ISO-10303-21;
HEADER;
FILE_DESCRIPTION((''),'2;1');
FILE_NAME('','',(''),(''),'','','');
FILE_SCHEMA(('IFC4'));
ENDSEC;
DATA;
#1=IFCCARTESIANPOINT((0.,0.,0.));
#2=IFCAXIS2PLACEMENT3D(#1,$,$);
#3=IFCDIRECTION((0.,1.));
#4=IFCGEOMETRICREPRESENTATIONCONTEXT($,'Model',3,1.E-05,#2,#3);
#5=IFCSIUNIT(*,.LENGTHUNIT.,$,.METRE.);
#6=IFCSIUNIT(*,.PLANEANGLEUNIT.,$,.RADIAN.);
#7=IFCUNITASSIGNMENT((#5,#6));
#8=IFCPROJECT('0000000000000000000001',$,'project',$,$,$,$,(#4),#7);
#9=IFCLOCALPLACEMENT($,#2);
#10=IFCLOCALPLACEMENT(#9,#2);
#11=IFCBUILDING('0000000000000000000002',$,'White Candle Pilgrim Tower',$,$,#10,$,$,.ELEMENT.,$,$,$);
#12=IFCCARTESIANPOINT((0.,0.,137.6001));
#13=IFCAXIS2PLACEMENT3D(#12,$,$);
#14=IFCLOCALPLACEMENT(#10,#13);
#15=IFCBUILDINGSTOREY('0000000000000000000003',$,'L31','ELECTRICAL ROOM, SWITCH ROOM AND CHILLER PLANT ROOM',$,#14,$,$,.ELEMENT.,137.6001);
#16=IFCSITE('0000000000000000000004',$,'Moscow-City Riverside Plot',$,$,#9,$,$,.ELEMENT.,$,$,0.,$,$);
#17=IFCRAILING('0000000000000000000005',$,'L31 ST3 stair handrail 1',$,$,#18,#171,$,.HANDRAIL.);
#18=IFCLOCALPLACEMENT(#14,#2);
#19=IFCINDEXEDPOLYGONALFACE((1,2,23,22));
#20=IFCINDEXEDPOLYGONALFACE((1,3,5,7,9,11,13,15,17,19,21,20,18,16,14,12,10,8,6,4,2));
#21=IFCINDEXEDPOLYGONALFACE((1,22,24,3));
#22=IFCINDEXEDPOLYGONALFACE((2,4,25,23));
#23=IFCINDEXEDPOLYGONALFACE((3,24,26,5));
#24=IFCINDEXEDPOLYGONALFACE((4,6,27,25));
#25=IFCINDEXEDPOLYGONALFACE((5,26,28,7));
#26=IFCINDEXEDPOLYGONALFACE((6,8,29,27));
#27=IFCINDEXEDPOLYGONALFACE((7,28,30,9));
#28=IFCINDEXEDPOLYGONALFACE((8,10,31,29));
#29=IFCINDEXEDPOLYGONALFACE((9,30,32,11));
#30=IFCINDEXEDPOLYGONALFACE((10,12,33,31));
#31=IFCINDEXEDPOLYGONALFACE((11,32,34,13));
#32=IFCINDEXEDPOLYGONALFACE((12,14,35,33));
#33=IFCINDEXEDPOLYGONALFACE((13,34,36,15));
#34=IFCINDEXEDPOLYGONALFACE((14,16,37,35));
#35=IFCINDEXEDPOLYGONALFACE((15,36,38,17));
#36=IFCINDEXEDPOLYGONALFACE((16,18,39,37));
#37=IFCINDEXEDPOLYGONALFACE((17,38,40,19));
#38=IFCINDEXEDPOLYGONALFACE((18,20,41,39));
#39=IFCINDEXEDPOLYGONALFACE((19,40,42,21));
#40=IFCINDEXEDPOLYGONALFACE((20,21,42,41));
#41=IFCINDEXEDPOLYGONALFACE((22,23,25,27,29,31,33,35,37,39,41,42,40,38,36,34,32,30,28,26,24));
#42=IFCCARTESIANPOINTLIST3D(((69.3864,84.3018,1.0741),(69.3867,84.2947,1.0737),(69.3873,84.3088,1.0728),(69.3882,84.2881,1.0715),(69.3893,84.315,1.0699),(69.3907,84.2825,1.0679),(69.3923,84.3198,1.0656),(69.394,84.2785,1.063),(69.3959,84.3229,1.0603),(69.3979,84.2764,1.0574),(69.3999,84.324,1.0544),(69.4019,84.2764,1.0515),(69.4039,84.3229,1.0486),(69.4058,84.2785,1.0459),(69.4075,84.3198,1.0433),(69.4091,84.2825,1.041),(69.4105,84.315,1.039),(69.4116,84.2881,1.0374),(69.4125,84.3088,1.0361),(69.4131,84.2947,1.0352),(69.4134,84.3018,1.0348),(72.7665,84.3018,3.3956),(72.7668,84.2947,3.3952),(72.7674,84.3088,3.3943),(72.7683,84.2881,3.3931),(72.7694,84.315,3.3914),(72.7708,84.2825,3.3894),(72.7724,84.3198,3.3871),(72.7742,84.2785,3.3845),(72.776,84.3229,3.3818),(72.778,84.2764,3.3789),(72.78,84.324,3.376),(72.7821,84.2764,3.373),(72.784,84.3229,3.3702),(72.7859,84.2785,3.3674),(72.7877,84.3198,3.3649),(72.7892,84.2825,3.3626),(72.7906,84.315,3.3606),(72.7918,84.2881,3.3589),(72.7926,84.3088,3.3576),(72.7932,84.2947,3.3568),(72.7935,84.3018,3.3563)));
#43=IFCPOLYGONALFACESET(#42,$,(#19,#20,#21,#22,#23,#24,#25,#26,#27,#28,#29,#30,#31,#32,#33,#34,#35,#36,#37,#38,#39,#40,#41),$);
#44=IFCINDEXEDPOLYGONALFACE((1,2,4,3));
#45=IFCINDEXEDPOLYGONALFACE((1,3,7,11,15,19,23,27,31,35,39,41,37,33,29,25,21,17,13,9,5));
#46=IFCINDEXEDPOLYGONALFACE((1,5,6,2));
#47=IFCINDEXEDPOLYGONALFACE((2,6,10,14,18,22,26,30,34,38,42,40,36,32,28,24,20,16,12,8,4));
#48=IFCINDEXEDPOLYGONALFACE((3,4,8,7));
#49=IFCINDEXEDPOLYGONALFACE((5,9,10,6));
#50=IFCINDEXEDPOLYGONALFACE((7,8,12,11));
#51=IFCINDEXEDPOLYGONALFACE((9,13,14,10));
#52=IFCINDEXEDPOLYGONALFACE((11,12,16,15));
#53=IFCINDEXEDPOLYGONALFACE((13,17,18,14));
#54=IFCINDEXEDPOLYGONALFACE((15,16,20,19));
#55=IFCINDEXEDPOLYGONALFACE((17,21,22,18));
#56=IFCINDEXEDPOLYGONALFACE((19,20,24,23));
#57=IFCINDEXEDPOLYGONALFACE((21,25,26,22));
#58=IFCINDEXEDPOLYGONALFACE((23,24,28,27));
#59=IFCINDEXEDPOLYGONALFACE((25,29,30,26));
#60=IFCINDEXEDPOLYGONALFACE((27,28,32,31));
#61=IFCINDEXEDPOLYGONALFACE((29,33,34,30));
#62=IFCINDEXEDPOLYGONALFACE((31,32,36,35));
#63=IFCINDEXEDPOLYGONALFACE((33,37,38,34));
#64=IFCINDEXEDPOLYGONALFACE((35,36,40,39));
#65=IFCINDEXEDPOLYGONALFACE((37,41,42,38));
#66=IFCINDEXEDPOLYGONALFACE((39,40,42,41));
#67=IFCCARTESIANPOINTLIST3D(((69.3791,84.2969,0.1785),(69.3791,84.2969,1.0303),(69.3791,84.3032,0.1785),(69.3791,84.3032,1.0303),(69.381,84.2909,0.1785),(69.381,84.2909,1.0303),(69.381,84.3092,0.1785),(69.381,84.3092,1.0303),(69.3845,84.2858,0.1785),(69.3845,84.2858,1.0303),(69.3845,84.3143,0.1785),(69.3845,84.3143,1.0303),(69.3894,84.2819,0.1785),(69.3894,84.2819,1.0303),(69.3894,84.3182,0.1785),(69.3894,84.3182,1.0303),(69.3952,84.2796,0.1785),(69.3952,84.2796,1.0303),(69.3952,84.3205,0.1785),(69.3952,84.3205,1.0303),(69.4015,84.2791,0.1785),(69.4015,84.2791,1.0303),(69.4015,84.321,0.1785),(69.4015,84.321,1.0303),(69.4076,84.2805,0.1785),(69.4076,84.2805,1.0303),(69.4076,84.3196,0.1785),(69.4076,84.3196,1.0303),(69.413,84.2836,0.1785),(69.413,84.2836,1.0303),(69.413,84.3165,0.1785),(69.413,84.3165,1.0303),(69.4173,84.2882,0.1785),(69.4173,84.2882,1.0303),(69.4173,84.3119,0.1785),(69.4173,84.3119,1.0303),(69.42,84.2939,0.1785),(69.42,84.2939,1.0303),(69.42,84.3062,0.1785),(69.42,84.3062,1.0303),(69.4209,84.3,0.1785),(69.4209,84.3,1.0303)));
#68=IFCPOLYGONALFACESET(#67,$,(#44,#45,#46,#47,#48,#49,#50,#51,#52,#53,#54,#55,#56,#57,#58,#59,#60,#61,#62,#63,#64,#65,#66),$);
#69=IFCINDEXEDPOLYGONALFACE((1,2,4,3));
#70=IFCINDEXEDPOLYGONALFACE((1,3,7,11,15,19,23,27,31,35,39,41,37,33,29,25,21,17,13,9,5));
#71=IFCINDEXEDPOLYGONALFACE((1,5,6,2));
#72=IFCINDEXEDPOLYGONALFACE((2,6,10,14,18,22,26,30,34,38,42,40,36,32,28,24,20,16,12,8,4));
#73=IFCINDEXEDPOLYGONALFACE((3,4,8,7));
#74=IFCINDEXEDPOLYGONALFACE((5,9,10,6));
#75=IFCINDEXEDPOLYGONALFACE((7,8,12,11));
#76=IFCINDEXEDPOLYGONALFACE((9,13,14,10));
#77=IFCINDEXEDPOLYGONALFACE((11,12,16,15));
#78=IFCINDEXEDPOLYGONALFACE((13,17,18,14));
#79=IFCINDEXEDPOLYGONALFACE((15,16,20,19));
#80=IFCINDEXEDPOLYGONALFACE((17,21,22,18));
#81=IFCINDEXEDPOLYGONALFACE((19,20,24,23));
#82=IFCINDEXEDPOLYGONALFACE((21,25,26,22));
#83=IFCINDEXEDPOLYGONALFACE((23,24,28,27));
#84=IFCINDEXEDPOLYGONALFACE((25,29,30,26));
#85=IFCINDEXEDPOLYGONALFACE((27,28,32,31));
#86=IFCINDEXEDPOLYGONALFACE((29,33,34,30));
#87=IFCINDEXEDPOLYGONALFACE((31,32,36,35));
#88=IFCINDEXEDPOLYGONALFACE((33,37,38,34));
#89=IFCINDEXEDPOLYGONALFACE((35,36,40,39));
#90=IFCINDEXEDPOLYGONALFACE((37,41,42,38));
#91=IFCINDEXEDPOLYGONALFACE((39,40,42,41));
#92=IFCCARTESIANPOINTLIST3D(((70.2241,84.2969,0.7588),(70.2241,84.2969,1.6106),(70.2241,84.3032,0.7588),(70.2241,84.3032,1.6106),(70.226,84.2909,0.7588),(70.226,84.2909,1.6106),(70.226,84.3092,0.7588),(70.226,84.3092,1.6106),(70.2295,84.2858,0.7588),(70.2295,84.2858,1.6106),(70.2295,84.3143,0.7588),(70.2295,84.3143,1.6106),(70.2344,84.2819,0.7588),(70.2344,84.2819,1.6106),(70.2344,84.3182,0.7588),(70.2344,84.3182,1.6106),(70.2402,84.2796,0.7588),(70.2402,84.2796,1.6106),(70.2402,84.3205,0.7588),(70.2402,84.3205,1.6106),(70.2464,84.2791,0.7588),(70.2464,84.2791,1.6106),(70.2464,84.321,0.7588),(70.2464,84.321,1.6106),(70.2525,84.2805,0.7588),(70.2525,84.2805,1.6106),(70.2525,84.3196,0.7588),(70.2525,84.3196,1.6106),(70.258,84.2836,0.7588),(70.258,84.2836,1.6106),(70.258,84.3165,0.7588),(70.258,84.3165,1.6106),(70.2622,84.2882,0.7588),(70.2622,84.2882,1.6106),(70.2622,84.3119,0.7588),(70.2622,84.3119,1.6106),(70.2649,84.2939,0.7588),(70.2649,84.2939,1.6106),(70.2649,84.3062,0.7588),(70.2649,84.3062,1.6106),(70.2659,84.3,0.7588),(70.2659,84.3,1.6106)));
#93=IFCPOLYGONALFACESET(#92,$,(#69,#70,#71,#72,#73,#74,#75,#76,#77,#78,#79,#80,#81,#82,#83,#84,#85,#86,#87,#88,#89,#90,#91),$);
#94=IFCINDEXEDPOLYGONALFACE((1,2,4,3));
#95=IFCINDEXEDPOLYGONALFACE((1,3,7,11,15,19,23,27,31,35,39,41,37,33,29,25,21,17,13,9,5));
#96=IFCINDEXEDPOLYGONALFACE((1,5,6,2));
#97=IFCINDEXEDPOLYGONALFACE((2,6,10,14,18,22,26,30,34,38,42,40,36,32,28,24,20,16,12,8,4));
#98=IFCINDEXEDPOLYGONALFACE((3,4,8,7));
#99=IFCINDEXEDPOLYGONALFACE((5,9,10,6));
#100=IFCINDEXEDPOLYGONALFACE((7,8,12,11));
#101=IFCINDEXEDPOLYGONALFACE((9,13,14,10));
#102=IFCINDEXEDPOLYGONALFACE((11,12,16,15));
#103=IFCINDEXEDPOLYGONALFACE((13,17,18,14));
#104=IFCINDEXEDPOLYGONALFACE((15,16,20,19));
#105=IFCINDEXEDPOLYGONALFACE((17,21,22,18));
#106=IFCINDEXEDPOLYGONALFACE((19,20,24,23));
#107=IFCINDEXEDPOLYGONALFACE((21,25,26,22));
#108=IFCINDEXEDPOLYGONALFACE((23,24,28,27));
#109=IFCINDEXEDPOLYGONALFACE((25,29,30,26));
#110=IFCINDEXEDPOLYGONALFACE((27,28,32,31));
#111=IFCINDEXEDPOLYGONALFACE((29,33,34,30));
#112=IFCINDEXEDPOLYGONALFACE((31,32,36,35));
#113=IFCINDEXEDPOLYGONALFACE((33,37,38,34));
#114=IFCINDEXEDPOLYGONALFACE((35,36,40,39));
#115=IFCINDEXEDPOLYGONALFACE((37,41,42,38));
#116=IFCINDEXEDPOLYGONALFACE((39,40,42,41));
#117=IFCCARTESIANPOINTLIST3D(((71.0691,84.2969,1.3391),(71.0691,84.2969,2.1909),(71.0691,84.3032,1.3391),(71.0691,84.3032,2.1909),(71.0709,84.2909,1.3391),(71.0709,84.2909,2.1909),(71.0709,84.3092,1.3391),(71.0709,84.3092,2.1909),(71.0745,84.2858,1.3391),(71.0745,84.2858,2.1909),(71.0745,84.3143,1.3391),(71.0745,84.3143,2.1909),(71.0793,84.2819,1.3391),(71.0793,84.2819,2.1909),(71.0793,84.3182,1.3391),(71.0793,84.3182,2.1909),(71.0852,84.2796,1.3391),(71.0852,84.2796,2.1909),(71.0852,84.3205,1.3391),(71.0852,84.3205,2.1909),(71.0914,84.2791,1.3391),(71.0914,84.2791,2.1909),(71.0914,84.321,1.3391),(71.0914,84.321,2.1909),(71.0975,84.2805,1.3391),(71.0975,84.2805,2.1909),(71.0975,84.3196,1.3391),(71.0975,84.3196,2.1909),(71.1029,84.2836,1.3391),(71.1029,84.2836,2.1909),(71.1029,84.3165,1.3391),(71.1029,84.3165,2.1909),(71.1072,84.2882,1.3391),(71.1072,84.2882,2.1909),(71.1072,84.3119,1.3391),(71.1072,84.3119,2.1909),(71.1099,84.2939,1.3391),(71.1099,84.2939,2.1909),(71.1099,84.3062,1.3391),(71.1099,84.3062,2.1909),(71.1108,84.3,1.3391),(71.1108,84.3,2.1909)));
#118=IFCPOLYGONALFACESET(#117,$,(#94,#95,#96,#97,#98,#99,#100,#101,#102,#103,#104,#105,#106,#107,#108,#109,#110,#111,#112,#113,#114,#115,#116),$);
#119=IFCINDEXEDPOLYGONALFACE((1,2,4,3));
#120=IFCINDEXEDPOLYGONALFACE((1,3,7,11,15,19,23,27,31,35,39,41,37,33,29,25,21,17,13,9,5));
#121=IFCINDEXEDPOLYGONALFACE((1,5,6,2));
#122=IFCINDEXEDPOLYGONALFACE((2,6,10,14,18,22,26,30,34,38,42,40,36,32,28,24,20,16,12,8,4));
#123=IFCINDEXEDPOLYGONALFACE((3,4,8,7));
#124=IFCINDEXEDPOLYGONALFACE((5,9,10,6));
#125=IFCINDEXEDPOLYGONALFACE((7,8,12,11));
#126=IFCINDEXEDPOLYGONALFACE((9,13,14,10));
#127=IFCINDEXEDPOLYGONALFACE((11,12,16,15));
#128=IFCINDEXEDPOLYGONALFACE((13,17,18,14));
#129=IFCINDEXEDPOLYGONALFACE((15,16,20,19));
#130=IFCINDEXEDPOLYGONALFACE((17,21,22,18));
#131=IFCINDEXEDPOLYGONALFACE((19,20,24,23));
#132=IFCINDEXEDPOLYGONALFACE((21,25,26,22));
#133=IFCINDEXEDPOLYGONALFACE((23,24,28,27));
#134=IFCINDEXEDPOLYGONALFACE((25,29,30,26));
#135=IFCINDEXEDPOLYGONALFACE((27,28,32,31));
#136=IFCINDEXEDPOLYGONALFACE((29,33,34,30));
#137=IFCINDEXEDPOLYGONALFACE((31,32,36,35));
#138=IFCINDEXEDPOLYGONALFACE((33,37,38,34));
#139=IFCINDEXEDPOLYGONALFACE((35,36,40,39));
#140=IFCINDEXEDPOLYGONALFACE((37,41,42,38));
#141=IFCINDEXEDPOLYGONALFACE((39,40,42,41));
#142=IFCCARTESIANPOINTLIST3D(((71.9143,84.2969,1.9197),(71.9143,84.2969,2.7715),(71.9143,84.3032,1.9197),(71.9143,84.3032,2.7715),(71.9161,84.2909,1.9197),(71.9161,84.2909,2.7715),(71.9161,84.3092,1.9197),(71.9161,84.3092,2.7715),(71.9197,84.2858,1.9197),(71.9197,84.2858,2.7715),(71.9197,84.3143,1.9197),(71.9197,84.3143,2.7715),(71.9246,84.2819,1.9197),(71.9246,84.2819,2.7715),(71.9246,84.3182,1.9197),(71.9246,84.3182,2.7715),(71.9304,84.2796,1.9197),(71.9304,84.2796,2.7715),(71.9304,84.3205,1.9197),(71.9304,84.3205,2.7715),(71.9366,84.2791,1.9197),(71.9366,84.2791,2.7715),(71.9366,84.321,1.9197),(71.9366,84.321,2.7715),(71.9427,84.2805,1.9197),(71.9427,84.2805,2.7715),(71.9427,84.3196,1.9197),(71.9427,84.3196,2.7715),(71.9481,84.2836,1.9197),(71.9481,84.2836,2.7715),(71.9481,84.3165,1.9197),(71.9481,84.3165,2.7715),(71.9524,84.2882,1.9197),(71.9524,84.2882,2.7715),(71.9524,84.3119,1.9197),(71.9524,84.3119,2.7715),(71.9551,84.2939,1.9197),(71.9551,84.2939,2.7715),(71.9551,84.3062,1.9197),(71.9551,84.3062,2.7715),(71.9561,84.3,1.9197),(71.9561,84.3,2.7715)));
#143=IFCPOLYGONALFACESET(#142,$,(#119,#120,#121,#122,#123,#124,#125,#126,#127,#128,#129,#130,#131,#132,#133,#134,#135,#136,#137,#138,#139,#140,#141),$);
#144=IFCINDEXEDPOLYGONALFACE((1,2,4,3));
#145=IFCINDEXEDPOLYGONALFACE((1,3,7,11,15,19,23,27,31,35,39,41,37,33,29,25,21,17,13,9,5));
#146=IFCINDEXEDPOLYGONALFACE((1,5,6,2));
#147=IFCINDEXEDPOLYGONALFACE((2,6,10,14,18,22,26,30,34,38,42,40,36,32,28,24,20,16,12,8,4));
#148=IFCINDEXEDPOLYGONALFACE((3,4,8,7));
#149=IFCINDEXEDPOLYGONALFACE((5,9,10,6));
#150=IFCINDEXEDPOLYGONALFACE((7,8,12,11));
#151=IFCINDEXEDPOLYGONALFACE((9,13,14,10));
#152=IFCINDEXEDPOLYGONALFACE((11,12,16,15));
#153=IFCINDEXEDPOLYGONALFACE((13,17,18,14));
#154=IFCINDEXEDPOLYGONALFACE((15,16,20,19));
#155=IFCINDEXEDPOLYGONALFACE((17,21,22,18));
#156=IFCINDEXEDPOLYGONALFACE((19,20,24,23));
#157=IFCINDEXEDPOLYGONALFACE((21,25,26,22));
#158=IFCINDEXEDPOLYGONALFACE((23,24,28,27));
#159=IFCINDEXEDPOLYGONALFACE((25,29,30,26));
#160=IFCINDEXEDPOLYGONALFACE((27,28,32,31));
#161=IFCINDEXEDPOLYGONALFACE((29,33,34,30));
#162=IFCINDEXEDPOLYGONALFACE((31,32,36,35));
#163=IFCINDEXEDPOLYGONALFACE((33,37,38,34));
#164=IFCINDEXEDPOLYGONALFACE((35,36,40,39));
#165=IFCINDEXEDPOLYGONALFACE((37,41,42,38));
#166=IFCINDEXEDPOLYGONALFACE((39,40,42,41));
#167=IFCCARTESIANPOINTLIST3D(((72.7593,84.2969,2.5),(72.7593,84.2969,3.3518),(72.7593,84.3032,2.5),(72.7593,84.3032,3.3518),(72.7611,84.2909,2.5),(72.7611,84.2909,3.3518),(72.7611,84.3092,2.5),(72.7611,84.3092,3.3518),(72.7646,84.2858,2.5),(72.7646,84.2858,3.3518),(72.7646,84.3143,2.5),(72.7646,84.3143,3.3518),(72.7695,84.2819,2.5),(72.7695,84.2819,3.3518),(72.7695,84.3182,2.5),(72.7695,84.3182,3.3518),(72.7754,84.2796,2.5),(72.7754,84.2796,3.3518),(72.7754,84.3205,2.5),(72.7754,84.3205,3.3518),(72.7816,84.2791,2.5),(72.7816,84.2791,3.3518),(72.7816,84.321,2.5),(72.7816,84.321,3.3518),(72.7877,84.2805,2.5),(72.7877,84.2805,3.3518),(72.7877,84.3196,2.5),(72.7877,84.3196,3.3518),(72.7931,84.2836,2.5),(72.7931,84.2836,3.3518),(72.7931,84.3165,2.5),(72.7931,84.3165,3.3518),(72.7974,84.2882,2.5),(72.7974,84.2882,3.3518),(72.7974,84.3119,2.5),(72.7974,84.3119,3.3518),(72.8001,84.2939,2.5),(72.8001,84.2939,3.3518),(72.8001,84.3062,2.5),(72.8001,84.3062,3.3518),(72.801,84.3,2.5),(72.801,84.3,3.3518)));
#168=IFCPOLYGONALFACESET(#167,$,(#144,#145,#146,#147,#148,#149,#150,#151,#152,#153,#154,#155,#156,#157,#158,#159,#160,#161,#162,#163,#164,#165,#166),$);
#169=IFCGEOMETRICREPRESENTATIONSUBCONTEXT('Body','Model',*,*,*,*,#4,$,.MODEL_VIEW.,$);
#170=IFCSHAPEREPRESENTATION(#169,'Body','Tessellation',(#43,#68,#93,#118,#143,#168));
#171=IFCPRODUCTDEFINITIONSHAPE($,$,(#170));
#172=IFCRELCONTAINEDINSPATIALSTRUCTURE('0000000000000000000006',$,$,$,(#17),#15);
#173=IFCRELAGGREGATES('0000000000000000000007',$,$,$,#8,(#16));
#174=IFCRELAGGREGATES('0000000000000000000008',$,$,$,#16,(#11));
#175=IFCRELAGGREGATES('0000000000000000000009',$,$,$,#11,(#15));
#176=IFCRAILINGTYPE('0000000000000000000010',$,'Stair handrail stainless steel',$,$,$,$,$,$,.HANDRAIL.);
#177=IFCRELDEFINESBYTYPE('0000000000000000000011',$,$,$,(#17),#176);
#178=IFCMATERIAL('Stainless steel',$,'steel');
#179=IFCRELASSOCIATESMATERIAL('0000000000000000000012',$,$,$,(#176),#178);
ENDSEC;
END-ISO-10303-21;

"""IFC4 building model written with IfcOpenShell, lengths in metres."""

from ifc_helpers import new_model, si_unit, direction, frame, origin, origin_2d, place, context, subcontext, project, spatial, circle, extrude, material, type_object, element, save


model = new_model("IFC4")

# Units and contexts
model_context = context("Model", 3, precision=1e-05, world=origin(), true_north=direction((0.0, 1.0)))
body_context = subcontext(model_context, "Body", "Model", "MODEL_VIEW")
ifc_project = project(units=[si_unit("LENGTHUNIT", "METRE"), si_unit("PLANEANGLEUNIT", "RADIAN")], contexts=[model_context])

# Site, building, storey
site_placement = place(None, origin())
site = spatial("IfcSite", under=ifc_project, at=site_placement, Name="Moscow-City Riverside Plot", CompositionType="ELEMENT", RefElevation=0.0)
building_placement = place(site_placement, origin())
building = spatial("IfcBuilding", under=site, at=building_placement, Name="White Candle Pilgrim Tower", CompositionType="ELEMENT")
storey_placement = place(building_placement, frame((0.0, 0.0, 137.6001)))
storey = spatial("IfcBuildingStorey", under=building, at=storey_placement, Name="L31", Description="ELECTRICAL ROOM, SWITCH ROOM AND CHILLER PLANT ROOM", CompositionType="ELEMENT", Elevation=137.6001)

# Railing
ifc_material_1 = material(Name="Stainless steel", Category="steel")
railing_type_1 = type_object("IfcRailingType", Name="Stair handrail stainless steel", PredefinedType="HANDRAIL", material=ifc_material_1)
railing_1_placement = place(storey_placement, frame((69.3999, 84.3, 0.1785)))
element("IfcRailing", 1, at=railing_1_placement, inside=storey, type_object=railing_type_1, Name="L31 ST3 stair handrail 1", PredefinedType="HANDRAIL", context=body_context, shape_type="SweptSolid", body=[
    extrude(circle(Radius=0.0239, at=origin_2d()), frame((0.0, 0.0, 0.876), z_axis=(0.824304, 0.0, 0.566147), x_axis=(0.0, 1.0, 0.0)), (0.0, 0.0, 1.0), 4.1006),
    extrude(circle(Radius=0.021, at=origin_2d()), origin(), (0.0, 0.0, 1.0), 0.8518),
    extrude(circle(Radius=0.021, at=origin_2d()), frame((0.845, 0.0, 0.5803)), (0.0, 0.0, 1.0), 0.8518),
    extrude(circle(Radius=0.021, at=origin_2d()), frame((1.6899, 0.0, 1.1606)), (0.0, 0.0, 1.0), 0.8518),
    extrude(circle(Radius=0.021, at=origin_2d()), frame((2.5352, 0.0, 1.7412)), (0.0, 0.0, 1.0), 0.8518),
    extrude(circle(Radius=0.021, at=origin_2d()), frame((3.3801, 0.0, 2.3215)), (0.0, 0.0, 1.0), 0.8518),
])

save(model, "model.ifc")
